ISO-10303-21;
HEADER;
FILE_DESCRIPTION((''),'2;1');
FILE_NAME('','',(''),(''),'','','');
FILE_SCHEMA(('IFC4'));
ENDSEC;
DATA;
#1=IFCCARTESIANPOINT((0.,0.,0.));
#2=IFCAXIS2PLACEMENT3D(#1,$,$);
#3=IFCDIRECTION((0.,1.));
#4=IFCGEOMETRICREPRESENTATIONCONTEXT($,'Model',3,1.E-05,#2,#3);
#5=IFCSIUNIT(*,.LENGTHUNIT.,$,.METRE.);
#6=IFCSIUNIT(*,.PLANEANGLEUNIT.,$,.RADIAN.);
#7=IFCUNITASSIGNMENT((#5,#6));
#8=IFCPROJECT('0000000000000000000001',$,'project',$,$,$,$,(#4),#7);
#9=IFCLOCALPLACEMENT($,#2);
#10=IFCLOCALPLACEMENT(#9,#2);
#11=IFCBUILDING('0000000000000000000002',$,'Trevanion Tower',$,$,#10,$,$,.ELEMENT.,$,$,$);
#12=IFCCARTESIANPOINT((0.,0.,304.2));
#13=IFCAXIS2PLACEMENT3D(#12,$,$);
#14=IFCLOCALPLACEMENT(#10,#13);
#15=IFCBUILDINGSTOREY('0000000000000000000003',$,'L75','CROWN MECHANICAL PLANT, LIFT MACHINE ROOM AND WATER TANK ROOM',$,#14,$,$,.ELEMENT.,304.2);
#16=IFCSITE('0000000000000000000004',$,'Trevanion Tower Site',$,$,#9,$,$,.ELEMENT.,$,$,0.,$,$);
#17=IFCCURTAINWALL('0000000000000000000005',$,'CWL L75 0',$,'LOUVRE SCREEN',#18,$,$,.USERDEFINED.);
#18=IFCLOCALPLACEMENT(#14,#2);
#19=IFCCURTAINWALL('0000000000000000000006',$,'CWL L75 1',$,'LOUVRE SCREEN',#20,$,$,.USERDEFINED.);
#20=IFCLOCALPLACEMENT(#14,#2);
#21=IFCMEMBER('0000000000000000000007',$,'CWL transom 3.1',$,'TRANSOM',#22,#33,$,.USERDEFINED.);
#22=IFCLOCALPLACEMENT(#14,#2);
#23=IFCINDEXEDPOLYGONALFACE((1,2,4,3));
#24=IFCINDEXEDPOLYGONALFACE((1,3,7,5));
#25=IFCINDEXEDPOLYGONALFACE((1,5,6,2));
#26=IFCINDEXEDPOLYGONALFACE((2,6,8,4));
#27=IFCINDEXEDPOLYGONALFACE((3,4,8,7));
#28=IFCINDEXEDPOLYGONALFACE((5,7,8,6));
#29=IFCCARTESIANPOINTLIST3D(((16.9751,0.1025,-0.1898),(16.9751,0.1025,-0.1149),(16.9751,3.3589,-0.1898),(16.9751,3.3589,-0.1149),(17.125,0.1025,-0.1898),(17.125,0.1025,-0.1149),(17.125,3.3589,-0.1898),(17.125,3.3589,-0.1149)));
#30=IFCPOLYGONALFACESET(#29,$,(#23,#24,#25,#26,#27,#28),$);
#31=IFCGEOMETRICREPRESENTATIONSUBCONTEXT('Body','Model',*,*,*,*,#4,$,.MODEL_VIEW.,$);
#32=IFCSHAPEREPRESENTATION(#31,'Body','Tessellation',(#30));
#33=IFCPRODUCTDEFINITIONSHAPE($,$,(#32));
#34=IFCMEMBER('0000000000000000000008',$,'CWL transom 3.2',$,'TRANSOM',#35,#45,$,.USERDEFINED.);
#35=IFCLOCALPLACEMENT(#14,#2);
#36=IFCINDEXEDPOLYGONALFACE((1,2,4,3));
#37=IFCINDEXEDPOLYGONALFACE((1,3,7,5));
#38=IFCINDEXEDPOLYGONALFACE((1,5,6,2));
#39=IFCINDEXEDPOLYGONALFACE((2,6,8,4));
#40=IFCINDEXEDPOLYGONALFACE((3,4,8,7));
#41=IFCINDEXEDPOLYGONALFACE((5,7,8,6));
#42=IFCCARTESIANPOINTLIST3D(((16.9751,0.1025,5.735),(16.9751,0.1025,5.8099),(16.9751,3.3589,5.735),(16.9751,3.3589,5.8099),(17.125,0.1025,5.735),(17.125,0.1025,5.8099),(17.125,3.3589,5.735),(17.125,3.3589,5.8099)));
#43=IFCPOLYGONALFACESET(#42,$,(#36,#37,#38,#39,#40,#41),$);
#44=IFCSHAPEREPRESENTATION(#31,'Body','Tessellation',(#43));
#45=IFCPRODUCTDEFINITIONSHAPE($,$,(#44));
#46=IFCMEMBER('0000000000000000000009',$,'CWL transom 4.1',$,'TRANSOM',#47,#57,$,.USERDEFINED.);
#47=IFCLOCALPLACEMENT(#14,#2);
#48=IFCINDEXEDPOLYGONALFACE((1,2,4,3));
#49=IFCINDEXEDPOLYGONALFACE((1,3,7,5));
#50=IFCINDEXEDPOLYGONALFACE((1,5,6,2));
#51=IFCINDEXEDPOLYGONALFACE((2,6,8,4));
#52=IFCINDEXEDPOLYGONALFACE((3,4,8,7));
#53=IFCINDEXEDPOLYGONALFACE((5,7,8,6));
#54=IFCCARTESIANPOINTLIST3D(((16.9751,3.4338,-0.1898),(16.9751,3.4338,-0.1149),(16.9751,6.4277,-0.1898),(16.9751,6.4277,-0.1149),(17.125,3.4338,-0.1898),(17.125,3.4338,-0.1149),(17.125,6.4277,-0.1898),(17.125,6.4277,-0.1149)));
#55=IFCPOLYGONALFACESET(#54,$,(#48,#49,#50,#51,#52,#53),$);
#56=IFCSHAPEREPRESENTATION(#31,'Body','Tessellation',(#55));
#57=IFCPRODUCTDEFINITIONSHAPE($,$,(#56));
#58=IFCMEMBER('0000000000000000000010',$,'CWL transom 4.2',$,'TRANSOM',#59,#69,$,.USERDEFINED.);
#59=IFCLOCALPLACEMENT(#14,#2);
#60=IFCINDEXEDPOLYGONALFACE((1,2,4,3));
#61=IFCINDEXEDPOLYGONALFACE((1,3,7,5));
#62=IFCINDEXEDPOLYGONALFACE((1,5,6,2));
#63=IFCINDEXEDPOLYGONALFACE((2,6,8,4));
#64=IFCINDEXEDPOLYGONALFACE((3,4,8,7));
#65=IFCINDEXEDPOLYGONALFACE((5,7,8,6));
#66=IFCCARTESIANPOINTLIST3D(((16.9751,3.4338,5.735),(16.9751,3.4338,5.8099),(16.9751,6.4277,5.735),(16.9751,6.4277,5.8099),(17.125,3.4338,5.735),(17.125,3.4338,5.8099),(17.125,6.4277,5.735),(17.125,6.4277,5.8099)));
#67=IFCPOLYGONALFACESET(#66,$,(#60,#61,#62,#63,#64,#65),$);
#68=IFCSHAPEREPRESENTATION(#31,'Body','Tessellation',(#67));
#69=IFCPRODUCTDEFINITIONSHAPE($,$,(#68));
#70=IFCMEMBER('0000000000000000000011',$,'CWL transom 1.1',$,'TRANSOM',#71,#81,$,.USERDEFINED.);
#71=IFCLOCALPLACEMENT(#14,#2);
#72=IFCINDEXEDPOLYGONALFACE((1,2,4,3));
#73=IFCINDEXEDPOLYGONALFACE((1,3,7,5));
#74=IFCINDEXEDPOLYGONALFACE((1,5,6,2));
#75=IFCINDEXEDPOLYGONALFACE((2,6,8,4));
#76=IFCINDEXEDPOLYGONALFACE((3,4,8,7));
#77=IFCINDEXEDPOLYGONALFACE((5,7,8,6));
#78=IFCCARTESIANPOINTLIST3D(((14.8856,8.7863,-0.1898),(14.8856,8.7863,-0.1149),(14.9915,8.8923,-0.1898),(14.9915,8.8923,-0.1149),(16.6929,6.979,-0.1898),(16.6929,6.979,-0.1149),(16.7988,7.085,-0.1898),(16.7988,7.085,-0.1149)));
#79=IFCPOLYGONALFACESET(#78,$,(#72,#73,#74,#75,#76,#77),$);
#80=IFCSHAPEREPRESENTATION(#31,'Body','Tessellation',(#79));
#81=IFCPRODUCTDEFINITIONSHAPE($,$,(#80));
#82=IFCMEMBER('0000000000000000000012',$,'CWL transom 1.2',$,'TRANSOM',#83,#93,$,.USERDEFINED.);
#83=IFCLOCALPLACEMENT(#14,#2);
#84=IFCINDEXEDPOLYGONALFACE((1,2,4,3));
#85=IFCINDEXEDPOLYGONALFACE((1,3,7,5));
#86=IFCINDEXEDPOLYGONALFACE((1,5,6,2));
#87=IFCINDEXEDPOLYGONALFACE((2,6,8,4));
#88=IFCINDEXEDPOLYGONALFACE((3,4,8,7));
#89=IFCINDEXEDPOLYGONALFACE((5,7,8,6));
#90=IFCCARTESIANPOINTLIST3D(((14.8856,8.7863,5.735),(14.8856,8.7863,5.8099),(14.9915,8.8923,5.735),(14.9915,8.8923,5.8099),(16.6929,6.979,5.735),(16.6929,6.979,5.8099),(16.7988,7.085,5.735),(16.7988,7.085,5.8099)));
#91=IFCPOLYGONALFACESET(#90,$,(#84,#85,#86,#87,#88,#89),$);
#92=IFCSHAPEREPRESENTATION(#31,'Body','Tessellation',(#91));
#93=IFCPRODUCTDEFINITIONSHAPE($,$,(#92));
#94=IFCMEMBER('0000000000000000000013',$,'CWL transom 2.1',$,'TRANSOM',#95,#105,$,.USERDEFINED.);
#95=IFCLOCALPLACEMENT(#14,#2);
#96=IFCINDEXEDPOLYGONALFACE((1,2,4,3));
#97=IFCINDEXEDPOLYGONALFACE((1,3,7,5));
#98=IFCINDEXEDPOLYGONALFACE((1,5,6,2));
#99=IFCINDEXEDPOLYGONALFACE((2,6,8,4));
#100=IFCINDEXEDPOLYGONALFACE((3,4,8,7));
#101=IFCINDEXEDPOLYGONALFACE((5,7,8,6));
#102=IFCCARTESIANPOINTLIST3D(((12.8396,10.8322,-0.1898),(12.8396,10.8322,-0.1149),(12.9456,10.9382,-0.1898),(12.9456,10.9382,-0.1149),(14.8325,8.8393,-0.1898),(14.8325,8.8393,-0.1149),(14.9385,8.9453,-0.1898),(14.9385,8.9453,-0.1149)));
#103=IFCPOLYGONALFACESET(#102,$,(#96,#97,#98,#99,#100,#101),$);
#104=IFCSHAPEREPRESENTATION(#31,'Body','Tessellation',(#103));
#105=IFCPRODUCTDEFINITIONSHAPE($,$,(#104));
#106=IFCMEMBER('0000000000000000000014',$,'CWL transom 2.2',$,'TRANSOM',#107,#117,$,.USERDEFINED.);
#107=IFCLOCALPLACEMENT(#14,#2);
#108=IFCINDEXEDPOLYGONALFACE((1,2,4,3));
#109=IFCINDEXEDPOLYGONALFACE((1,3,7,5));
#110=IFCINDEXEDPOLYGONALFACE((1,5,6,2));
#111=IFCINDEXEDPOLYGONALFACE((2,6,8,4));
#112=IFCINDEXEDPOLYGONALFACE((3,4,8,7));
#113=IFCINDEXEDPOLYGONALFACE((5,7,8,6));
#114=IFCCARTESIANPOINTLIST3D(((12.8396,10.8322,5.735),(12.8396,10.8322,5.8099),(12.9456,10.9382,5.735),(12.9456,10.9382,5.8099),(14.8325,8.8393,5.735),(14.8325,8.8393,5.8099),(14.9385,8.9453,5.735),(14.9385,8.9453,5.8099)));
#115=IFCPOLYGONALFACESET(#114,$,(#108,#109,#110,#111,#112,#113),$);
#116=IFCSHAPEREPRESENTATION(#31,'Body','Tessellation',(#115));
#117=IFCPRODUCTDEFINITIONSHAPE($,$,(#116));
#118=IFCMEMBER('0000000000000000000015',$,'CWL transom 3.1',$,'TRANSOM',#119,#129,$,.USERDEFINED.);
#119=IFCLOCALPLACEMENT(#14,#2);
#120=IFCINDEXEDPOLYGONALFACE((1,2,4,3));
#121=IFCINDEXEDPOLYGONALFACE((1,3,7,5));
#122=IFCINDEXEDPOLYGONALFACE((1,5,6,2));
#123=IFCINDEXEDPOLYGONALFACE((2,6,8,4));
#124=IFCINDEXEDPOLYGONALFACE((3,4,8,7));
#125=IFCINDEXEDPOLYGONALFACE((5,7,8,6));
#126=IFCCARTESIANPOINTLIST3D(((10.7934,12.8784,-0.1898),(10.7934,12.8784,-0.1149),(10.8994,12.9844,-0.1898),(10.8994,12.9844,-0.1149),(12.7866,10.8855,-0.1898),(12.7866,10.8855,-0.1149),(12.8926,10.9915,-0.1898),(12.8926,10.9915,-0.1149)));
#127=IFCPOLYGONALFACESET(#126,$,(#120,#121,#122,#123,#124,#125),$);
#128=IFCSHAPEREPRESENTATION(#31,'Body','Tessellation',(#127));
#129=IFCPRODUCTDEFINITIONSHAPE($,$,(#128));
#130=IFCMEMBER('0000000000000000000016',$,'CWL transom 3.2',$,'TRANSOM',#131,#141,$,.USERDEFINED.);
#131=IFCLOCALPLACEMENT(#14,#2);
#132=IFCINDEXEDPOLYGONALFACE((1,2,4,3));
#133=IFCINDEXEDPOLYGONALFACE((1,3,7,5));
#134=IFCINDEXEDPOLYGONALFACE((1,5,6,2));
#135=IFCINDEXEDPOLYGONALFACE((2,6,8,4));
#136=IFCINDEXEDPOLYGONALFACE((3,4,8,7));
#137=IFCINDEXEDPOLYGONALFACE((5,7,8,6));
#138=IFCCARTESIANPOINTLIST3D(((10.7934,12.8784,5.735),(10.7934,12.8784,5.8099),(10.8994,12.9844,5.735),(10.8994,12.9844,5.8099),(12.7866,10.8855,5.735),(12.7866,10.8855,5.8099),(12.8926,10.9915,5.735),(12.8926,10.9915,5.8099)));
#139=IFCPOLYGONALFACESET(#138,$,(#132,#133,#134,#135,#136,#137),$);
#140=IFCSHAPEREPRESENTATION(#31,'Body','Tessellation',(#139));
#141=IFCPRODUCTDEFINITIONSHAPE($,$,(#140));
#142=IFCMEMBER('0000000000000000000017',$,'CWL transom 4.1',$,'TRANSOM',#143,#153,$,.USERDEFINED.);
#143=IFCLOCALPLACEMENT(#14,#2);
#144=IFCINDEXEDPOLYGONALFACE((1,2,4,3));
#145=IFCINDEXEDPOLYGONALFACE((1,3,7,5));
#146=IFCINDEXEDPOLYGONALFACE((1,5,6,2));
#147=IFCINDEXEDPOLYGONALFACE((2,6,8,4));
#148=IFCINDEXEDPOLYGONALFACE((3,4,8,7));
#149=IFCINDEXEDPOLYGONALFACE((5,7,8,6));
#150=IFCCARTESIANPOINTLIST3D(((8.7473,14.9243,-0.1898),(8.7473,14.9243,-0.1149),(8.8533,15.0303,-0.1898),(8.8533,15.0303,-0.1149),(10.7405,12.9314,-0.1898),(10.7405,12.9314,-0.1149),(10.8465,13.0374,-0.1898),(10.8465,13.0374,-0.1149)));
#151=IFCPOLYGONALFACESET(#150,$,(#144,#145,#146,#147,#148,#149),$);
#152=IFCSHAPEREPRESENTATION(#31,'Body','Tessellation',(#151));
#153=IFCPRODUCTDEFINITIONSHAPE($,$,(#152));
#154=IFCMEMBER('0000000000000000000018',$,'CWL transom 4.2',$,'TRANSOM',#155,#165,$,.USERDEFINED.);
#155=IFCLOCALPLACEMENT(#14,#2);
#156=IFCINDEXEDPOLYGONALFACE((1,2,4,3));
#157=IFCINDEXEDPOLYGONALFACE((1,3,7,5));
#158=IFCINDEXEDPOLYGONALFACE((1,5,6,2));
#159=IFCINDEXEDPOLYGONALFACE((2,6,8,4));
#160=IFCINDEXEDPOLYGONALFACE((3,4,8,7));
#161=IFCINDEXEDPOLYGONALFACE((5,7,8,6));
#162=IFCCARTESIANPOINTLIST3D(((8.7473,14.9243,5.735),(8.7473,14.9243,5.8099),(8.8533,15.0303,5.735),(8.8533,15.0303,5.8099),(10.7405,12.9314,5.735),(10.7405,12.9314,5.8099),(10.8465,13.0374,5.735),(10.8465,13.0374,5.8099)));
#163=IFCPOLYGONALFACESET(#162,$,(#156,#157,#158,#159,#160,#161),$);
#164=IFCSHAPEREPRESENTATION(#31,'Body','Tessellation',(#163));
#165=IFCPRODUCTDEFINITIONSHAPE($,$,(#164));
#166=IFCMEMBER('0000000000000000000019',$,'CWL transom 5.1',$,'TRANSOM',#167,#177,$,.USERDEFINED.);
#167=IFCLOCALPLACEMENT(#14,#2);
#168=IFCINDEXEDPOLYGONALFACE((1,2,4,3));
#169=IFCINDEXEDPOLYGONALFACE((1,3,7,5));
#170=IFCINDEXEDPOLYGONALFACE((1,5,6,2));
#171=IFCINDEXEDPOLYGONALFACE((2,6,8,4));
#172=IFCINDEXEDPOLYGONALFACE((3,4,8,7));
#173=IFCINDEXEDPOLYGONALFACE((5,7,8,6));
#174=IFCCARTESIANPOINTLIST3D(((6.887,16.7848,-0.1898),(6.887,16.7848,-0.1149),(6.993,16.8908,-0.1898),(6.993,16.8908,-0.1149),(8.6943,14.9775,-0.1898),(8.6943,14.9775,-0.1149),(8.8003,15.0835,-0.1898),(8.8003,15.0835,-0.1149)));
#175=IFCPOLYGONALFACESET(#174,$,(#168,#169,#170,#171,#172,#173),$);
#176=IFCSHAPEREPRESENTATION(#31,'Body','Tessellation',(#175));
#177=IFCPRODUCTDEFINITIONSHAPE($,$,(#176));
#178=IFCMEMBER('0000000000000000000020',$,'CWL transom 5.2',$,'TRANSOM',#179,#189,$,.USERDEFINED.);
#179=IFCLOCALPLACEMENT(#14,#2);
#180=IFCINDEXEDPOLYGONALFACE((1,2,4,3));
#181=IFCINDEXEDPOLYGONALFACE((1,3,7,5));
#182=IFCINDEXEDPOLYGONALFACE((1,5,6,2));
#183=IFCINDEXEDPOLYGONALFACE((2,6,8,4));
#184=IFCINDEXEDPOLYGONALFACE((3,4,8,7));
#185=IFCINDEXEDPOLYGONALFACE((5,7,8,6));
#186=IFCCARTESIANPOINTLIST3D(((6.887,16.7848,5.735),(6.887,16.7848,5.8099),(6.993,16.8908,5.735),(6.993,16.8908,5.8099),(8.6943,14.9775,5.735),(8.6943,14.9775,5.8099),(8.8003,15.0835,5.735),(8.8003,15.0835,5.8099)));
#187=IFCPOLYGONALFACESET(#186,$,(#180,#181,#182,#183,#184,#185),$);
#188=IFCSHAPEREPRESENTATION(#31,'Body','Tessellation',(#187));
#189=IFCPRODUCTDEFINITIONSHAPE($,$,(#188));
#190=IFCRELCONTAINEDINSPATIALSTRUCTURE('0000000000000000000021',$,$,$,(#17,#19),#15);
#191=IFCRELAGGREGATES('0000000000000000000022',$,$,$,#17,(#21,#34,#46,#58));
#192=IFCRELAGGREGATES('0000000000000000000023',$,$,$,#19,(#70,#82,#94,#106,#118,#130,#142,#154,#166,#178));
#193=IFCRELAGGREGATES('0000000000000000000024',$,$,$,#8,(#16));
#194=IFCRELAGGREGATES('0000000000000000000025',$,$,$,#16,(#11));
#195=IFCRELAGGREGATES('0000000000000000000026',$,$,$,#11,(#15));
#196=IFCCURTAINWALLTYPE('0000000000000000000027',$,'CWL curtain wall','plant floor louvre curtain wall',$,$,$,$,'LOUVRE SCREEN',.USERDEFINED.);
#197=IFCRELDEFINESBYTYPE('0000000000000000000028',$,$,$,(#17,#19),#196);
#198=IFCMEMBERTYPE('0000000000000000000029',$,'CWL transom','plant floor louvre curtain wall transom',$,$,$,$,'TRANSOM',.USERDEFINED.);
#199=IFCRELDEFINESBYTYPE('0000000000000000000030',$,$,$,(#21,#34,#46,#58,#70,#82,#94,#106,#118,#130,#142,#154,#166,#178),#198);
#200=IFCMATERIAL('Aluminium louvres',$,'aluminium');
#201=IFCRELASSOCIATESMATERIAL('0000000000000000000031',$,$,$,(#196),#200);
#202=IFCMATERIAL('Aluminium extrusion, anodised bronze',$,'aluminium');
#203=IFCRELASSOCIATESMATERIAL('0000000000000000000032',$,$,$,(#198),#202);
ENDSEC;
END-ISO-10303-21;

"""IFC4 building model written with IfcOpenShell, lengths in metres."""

from ifc_helpers import new_model, si_unit, direction, frame, origin, origin_2d, place, context, subcontext, project, spatial, rectangle, extrude, material, material_profile, profile_set, type_object, element, aggregate, save


model = new_model("IFC4")

# Units and contexts
model_context = context("Model", 3, precision=1e-05, world=origin(), true_north=direction((0.0, 1.0)))
body_context = subcontext(model_context, "Body", "Model", "MODEL_VIEW")
ifc_project = project(units=[si_unit("LENGTHUNIT", "METRE"), si_unit("PLANEANGLEUNIT", "RADIAN")], contexts=[model_context])

# Site, building, storey
site_placement = place(None, origin())
site = spatial("IfcSite", under=ifc_project, at=site_placement, Name="Trevanion Tower Site", CompositionType="ELEMENT", RefElevation=0.0)
building_placement = place(site_placement, origin())
building = spatial("IfcBuilding", under=site, at=building_placement, Name="Trevanion Tower", CompositionType="ELEMENT")
storey_placement = place(building_placement, frame((0.0, 0.0, 304.2)))
storey = spatial("IfcBuildingStorey", under=building, at=storey_placement, Name="L75", Description="CROWN MECHANICAL PLANT, LIFT MACHINE ROOM AND WATER TANK ROOM", CompositionType="ELEMENT", Elevation=304.2)

# Curtain walls
ifc_material_1 = material(Name="Aluminium louvres", Category="aluminium")
curtain_wall_type = type_object("IfcCurtainWallType", Name="CWL curtain wall", Description="plant floor louvre curtain wall", ElementType="LOUVRE SCREEN", PredefinedType="USERDEFINED", material=ifc_material_1)
curtain_wall_1_placement = place(storey_placement, origin())
curtain_wall_1 = element("IfcCurtainWall", 1, at=curtain_wall_1_placement, inside=storey, type_object=curtain_wall_type, Name="CWL L75 0", ObjectType="LOUVRE SCREEN", PredefinedType="USERDEFINED")
curtain_wall_2_placement = place(storey_placement, origin())
curtain_wall_2 = element("IfcCurtainWall", 2, at=curtain_wall_2_placement, inside=storey, type_object=curtain_wall_type, Name="CWL L75 1", ObjectType="LOUVRE SCREEN", PredefinedType="USERDEFINED")

# Members
ifc_material_2 = material(Name="Aluminium extrusion, anodised bronze", Category="aluminium")
ifc_material_profile_1 = material_profile(ifc_material_2, rectangle(XDim=0.1499, YDim=0.075, at=origin_2d()), Name="CWL transom")
ifc_profile_set_1 = profile_set([ifc_material_profile_1], Name="Aluminium extrusion, anodised bronze")
member_type_1 = type_object("IfcMemberType", Name="CWL transom", Description="plant floor louvre curtain wall transom", ElementType="TRANSOM", PredefinedType="USERDEFINED", material=ifc_profile_set_1)
member_1_placement = place(storey_placement, frame((17.05, 0.1025, -0.1523), z_axis=(0.0, 1.0, 0.0), x_axis=(-1.0, 0.0, 0.0)))
member_1 = element("IfcMember", 3, at=member_1_placement, type_object=member_type_1, Name="CWL transom 3.1", ObjectType="TRANSOM", PredefinedType="USERDEFINED", context=body_context, shape_type="SweptSolid", body=[
    extrude(rectangle(XDim=0.1499, YDim=0.075, at=origin_2d()), origin(), (0.0, 0.0, 1.0), 3.2563),
])
member_2_placement = place(storey_placement, frame((17.05, 0.1025, 5.7725), z_axis=(0.0, 1.0, 0.0), x_axis=(-1.0, 0.0, 0.0)))
member_2 = element("IfcMember", 4, at=member_2_placement, type_object=member_type_1, Name="CWL transom 3.2", ObjectType="TRANSOM", PredefinedType="USERDEFINED", context=body_context, shape_type="SweptSolid", body=[
    extrude(rectangle(XDim=0.1499, YDim=0.075, at=origin_2d()), origin(), (0.0, 0.0, 1.0), 3.2563),
])
member_3_placement = place(storey_placement, frame((17.05, 3.4338, -0.1523), z_axis=(0.0, 1.0, 0.0), x_axis=(-1.0, 0.0, 0.0)))
member_3 = element("IfcMember", 5, at=member_3_placement, type_object=member_type_1, Name="CWL transom 4.1", ObjectType="TRANSOM", PredefinedType="USERDEFINED", context=body_context, shape_type="SweptSolid", body=[
    extrude(rectangle(XDim=0.1499, YDim=0.075, at=origin_2d()), origin(), (0.0, 0.0, 1.0), 2.9939),
])
member_4_placement = place(storey_placement, frame((17.05, 3.4338, 5.7725), z_axis=(0.0, 1.0, 0.0), x_axis=(-1.0, 0.0, 0.0)))
member_4 = element("IfcMember", 6, at=member_4_placement, type_object=member_type_1, Name="CWL transom 4.2", ObjectType="TRANSOM", PredefinedType="USERDEFINED", context=body_context, shape_type="SweptSolid", body=[
    extrude(rectangle(XDim=0.1499, YDim=0.075, at=origin_2d()), origin(), (0.0, 0.0, 1.0), 2.9939),
])
member_5_placement = place(storey_placement, frame((16.7458, 7.032, -0.1523), z_axis=(-0.707107, 0.707107, 0.0), x_axis=(-0.707107, -0.707107, 0.0)))
member_5 = element("IfcMember", 7, at=member_5_placement, type_object=member_type_1, Name="CWL transom 1.1", ObjectType="TRANSOM", PredefinedType="USERDEFINED", context=body_context, shape_type="SweptSolid", body=[
    extrude(rectangle(XDim=0.1499, YDim=0.075, at=origin_2d()), origin(), (0.0, 0.0, 1.0), 2.5559),
])
member_6_placement = place(storey_placement, frame((16.7458, 7.032, 5.7725), z_axis=(-0.707107, 0.707107, 0.0), x_axis=(-0.707107, -0.707107, 0.0)))
member_6 = element("IfcMember", 8, at=member_6_placement, type_object=member_type_1, Name="CWL transom 1.2", ObjectType="TRANSOM", PredefinedType="USERDEFINED", context=body_context, shape_type="SweptSolid", body=[
    extrude(rectangle(XDim=0.1499, YDim=0.075, at=origin_2d()), origin(), (0.0, 0.0, 1.0), 2.5559),
])
member_7_placement = place(storey_placement, frame((14.8855, 8.8923, -0.1523), z_axis=(-0.707107, 0.707107, 0.0), x_axis=(-0.707107, -0.707107, 0.0)))
member_7 = element("IfcMember", 9, at=member_7_placement, type_object=member_type_1, Name="CWL transom 2.1", ObjectType="TRANSOM", PredefinedType="USERDEFINED", context=body_context, shape_type="SweptSolid", body=[
    extrude(rectangle(XDim=0.1499, YDim=0.075, at=origin_2d()), origin(), (0.0, 0.0, 1.0), 2.8184),
])
member_8_placement = place(storey_placement, frame((14.8855, 8.8923, 5.7725), z_axis=(-0.707107, 0.707107, 0.0), x_axis=(-0.707107, -0.707107, 0.0)))
member_8 = element("IfcMember", 10, at=member_8_placement, type_object=member_type_1, Name="CWL transom 2.2", ObjectType="TRANSOM", PredefinedType="USERDEFINED", context=body_context, shape_type="SweptSolid", body=[
    extrude(rectangle(XDim=0.1499, YDim=0.075, at=origin_2d()), origin(), (0.0, 0.0, 1.0), 2.8184),
])
member_9_placement = place(storey_placement, frame((12.8396, 10.9385, -0.1523), z_axis=(-0.70715, 0.707063, 0.0), x_axis=(-0.707063, -0.70715, 0.0)))
member_9 = element("IfcMember", 11, at=member_9_placement, type_object=member_type_1, Name="CWL transom 3.1", ObjectType="TRANSOM", PredefinedType="USERDEFINED", context=body_context, shape_type="SweptSolid", body=[
    extrude(rectangle(XDim=0.1499, YDim=0.075, at=origin_2d()), origin(), (0.0, 0.0, 1.0), 2.8186),
])
member_10_placement = place(storey_placement, frame((12.8396, 10.9385, 5.7725), z_axis=(-0.70715, 0.707063, 0.0), x_axis=(-0.707063, -0.70715, 0.0)))
member_10 = element("IfcMember", 12, at=member_10_placement, type_object=member_type_1, Name="CWL transom 3.2", ObjectType="TRANSOM", PredefinedType="USERDEFINED", context=body_context, shape_type="SweptSolid", body=[
    extrude(rectangle(XDim=0.1499, YDim=0.075, at=origin_2d()), origin(), (0.0, 0.0, 1.0), 2.8186),
])
member_11_placement = place(storey_placement, frame((10.7935, 12.9844, -0.1523), z_axis=(-0.70715, 0.707063, 0.0), x_axis=(-0.707063, -0.70715, 0.0)))
member_11 = element("IfcMember", 13, at=member_11_placement, type_object=member_type_1, Name="CWL transom 4.1", ObjectType="TRANSOM", PredefinedType="USERDEFINED", context=body_context, shape_type="SweptSolid", body=[
    extrude(rectangle(XDim=0.1499, YDim=0.075, at=origin_2d()), origin(), (0.0, 0.0, 1.0), 2.8186),
])
member_12_placement = place(storey_placement, frame((10.7935, 12.9844, 5.7725), z_axis=(-0.70715, 0.707063, 0.0), x_axis=(-0.707063, -0.70715, 0.0)))
member_12 = element("IfcMember", 14, at=member_12_placement, type_object=member_type_1, Name="CWL transom 4.2", ObjectType="TRANSOM", PredefinedType="USERDEFINED", context=body_context, shape_type="SweptSolid", body=[
    extrude(rectangle(XDim=0.1499, YDim=0.075, at=origin_2d()), origin(), (0.0, 0.0, 1.0), 2.8186),
])
member_13_placement = place(storey_placement, frame((8.7473, 15.0305, -0.1523), z_axis=(-0.707107, 0.707107, 0.0), x_axis=(-0.707107, -0.707107, 0.0)))
member_13 = element("IfcMember", 15, at=member_13_placement, type_object=member_type_1, Name="CWL transom 5.1", ObjectType="TRANSOM", PredefinedType="USERDEFINED", context=body_context, shape_type="SweptSolid", body=[
    extrude(rectangle(XDim=0.1499, YDim=0.075, at=origin_2d()), origin(), (0.0, 0.0, 1.0), 2.5559),
])
member_14_placement = place(storey_placement, frame((8.7473, 15.0305, 5.7725), z_axis=(-0.707107, 0.707107, 0.0), x_axis=(-0.707107, -0.707107, 0.0)))
member_14 = element("IfcMember", 16, at=member_14_placement, type_object=member_type_1, Name="CWL transom 5.2", ObjectType="TRANSOM", PredefinedType="USERDEFINED", context=body_context, shape_type="SweptSolid", body=[
    extrude(rectangle(XDim=0.1499, YDim=0.075, at=origin_2d()), origin(), (0.0, 0.0, 1.0), 2.5559),
])

aggregate(curtain_wall_1, [member_1, member_2, member_3, member_4])
aggregate(curtain_wall_2, [member_5, member_6, member_7, member_8, member_9, member_10, member_11, member_12, member_13, member_14])

save(model, "model.ifc")
